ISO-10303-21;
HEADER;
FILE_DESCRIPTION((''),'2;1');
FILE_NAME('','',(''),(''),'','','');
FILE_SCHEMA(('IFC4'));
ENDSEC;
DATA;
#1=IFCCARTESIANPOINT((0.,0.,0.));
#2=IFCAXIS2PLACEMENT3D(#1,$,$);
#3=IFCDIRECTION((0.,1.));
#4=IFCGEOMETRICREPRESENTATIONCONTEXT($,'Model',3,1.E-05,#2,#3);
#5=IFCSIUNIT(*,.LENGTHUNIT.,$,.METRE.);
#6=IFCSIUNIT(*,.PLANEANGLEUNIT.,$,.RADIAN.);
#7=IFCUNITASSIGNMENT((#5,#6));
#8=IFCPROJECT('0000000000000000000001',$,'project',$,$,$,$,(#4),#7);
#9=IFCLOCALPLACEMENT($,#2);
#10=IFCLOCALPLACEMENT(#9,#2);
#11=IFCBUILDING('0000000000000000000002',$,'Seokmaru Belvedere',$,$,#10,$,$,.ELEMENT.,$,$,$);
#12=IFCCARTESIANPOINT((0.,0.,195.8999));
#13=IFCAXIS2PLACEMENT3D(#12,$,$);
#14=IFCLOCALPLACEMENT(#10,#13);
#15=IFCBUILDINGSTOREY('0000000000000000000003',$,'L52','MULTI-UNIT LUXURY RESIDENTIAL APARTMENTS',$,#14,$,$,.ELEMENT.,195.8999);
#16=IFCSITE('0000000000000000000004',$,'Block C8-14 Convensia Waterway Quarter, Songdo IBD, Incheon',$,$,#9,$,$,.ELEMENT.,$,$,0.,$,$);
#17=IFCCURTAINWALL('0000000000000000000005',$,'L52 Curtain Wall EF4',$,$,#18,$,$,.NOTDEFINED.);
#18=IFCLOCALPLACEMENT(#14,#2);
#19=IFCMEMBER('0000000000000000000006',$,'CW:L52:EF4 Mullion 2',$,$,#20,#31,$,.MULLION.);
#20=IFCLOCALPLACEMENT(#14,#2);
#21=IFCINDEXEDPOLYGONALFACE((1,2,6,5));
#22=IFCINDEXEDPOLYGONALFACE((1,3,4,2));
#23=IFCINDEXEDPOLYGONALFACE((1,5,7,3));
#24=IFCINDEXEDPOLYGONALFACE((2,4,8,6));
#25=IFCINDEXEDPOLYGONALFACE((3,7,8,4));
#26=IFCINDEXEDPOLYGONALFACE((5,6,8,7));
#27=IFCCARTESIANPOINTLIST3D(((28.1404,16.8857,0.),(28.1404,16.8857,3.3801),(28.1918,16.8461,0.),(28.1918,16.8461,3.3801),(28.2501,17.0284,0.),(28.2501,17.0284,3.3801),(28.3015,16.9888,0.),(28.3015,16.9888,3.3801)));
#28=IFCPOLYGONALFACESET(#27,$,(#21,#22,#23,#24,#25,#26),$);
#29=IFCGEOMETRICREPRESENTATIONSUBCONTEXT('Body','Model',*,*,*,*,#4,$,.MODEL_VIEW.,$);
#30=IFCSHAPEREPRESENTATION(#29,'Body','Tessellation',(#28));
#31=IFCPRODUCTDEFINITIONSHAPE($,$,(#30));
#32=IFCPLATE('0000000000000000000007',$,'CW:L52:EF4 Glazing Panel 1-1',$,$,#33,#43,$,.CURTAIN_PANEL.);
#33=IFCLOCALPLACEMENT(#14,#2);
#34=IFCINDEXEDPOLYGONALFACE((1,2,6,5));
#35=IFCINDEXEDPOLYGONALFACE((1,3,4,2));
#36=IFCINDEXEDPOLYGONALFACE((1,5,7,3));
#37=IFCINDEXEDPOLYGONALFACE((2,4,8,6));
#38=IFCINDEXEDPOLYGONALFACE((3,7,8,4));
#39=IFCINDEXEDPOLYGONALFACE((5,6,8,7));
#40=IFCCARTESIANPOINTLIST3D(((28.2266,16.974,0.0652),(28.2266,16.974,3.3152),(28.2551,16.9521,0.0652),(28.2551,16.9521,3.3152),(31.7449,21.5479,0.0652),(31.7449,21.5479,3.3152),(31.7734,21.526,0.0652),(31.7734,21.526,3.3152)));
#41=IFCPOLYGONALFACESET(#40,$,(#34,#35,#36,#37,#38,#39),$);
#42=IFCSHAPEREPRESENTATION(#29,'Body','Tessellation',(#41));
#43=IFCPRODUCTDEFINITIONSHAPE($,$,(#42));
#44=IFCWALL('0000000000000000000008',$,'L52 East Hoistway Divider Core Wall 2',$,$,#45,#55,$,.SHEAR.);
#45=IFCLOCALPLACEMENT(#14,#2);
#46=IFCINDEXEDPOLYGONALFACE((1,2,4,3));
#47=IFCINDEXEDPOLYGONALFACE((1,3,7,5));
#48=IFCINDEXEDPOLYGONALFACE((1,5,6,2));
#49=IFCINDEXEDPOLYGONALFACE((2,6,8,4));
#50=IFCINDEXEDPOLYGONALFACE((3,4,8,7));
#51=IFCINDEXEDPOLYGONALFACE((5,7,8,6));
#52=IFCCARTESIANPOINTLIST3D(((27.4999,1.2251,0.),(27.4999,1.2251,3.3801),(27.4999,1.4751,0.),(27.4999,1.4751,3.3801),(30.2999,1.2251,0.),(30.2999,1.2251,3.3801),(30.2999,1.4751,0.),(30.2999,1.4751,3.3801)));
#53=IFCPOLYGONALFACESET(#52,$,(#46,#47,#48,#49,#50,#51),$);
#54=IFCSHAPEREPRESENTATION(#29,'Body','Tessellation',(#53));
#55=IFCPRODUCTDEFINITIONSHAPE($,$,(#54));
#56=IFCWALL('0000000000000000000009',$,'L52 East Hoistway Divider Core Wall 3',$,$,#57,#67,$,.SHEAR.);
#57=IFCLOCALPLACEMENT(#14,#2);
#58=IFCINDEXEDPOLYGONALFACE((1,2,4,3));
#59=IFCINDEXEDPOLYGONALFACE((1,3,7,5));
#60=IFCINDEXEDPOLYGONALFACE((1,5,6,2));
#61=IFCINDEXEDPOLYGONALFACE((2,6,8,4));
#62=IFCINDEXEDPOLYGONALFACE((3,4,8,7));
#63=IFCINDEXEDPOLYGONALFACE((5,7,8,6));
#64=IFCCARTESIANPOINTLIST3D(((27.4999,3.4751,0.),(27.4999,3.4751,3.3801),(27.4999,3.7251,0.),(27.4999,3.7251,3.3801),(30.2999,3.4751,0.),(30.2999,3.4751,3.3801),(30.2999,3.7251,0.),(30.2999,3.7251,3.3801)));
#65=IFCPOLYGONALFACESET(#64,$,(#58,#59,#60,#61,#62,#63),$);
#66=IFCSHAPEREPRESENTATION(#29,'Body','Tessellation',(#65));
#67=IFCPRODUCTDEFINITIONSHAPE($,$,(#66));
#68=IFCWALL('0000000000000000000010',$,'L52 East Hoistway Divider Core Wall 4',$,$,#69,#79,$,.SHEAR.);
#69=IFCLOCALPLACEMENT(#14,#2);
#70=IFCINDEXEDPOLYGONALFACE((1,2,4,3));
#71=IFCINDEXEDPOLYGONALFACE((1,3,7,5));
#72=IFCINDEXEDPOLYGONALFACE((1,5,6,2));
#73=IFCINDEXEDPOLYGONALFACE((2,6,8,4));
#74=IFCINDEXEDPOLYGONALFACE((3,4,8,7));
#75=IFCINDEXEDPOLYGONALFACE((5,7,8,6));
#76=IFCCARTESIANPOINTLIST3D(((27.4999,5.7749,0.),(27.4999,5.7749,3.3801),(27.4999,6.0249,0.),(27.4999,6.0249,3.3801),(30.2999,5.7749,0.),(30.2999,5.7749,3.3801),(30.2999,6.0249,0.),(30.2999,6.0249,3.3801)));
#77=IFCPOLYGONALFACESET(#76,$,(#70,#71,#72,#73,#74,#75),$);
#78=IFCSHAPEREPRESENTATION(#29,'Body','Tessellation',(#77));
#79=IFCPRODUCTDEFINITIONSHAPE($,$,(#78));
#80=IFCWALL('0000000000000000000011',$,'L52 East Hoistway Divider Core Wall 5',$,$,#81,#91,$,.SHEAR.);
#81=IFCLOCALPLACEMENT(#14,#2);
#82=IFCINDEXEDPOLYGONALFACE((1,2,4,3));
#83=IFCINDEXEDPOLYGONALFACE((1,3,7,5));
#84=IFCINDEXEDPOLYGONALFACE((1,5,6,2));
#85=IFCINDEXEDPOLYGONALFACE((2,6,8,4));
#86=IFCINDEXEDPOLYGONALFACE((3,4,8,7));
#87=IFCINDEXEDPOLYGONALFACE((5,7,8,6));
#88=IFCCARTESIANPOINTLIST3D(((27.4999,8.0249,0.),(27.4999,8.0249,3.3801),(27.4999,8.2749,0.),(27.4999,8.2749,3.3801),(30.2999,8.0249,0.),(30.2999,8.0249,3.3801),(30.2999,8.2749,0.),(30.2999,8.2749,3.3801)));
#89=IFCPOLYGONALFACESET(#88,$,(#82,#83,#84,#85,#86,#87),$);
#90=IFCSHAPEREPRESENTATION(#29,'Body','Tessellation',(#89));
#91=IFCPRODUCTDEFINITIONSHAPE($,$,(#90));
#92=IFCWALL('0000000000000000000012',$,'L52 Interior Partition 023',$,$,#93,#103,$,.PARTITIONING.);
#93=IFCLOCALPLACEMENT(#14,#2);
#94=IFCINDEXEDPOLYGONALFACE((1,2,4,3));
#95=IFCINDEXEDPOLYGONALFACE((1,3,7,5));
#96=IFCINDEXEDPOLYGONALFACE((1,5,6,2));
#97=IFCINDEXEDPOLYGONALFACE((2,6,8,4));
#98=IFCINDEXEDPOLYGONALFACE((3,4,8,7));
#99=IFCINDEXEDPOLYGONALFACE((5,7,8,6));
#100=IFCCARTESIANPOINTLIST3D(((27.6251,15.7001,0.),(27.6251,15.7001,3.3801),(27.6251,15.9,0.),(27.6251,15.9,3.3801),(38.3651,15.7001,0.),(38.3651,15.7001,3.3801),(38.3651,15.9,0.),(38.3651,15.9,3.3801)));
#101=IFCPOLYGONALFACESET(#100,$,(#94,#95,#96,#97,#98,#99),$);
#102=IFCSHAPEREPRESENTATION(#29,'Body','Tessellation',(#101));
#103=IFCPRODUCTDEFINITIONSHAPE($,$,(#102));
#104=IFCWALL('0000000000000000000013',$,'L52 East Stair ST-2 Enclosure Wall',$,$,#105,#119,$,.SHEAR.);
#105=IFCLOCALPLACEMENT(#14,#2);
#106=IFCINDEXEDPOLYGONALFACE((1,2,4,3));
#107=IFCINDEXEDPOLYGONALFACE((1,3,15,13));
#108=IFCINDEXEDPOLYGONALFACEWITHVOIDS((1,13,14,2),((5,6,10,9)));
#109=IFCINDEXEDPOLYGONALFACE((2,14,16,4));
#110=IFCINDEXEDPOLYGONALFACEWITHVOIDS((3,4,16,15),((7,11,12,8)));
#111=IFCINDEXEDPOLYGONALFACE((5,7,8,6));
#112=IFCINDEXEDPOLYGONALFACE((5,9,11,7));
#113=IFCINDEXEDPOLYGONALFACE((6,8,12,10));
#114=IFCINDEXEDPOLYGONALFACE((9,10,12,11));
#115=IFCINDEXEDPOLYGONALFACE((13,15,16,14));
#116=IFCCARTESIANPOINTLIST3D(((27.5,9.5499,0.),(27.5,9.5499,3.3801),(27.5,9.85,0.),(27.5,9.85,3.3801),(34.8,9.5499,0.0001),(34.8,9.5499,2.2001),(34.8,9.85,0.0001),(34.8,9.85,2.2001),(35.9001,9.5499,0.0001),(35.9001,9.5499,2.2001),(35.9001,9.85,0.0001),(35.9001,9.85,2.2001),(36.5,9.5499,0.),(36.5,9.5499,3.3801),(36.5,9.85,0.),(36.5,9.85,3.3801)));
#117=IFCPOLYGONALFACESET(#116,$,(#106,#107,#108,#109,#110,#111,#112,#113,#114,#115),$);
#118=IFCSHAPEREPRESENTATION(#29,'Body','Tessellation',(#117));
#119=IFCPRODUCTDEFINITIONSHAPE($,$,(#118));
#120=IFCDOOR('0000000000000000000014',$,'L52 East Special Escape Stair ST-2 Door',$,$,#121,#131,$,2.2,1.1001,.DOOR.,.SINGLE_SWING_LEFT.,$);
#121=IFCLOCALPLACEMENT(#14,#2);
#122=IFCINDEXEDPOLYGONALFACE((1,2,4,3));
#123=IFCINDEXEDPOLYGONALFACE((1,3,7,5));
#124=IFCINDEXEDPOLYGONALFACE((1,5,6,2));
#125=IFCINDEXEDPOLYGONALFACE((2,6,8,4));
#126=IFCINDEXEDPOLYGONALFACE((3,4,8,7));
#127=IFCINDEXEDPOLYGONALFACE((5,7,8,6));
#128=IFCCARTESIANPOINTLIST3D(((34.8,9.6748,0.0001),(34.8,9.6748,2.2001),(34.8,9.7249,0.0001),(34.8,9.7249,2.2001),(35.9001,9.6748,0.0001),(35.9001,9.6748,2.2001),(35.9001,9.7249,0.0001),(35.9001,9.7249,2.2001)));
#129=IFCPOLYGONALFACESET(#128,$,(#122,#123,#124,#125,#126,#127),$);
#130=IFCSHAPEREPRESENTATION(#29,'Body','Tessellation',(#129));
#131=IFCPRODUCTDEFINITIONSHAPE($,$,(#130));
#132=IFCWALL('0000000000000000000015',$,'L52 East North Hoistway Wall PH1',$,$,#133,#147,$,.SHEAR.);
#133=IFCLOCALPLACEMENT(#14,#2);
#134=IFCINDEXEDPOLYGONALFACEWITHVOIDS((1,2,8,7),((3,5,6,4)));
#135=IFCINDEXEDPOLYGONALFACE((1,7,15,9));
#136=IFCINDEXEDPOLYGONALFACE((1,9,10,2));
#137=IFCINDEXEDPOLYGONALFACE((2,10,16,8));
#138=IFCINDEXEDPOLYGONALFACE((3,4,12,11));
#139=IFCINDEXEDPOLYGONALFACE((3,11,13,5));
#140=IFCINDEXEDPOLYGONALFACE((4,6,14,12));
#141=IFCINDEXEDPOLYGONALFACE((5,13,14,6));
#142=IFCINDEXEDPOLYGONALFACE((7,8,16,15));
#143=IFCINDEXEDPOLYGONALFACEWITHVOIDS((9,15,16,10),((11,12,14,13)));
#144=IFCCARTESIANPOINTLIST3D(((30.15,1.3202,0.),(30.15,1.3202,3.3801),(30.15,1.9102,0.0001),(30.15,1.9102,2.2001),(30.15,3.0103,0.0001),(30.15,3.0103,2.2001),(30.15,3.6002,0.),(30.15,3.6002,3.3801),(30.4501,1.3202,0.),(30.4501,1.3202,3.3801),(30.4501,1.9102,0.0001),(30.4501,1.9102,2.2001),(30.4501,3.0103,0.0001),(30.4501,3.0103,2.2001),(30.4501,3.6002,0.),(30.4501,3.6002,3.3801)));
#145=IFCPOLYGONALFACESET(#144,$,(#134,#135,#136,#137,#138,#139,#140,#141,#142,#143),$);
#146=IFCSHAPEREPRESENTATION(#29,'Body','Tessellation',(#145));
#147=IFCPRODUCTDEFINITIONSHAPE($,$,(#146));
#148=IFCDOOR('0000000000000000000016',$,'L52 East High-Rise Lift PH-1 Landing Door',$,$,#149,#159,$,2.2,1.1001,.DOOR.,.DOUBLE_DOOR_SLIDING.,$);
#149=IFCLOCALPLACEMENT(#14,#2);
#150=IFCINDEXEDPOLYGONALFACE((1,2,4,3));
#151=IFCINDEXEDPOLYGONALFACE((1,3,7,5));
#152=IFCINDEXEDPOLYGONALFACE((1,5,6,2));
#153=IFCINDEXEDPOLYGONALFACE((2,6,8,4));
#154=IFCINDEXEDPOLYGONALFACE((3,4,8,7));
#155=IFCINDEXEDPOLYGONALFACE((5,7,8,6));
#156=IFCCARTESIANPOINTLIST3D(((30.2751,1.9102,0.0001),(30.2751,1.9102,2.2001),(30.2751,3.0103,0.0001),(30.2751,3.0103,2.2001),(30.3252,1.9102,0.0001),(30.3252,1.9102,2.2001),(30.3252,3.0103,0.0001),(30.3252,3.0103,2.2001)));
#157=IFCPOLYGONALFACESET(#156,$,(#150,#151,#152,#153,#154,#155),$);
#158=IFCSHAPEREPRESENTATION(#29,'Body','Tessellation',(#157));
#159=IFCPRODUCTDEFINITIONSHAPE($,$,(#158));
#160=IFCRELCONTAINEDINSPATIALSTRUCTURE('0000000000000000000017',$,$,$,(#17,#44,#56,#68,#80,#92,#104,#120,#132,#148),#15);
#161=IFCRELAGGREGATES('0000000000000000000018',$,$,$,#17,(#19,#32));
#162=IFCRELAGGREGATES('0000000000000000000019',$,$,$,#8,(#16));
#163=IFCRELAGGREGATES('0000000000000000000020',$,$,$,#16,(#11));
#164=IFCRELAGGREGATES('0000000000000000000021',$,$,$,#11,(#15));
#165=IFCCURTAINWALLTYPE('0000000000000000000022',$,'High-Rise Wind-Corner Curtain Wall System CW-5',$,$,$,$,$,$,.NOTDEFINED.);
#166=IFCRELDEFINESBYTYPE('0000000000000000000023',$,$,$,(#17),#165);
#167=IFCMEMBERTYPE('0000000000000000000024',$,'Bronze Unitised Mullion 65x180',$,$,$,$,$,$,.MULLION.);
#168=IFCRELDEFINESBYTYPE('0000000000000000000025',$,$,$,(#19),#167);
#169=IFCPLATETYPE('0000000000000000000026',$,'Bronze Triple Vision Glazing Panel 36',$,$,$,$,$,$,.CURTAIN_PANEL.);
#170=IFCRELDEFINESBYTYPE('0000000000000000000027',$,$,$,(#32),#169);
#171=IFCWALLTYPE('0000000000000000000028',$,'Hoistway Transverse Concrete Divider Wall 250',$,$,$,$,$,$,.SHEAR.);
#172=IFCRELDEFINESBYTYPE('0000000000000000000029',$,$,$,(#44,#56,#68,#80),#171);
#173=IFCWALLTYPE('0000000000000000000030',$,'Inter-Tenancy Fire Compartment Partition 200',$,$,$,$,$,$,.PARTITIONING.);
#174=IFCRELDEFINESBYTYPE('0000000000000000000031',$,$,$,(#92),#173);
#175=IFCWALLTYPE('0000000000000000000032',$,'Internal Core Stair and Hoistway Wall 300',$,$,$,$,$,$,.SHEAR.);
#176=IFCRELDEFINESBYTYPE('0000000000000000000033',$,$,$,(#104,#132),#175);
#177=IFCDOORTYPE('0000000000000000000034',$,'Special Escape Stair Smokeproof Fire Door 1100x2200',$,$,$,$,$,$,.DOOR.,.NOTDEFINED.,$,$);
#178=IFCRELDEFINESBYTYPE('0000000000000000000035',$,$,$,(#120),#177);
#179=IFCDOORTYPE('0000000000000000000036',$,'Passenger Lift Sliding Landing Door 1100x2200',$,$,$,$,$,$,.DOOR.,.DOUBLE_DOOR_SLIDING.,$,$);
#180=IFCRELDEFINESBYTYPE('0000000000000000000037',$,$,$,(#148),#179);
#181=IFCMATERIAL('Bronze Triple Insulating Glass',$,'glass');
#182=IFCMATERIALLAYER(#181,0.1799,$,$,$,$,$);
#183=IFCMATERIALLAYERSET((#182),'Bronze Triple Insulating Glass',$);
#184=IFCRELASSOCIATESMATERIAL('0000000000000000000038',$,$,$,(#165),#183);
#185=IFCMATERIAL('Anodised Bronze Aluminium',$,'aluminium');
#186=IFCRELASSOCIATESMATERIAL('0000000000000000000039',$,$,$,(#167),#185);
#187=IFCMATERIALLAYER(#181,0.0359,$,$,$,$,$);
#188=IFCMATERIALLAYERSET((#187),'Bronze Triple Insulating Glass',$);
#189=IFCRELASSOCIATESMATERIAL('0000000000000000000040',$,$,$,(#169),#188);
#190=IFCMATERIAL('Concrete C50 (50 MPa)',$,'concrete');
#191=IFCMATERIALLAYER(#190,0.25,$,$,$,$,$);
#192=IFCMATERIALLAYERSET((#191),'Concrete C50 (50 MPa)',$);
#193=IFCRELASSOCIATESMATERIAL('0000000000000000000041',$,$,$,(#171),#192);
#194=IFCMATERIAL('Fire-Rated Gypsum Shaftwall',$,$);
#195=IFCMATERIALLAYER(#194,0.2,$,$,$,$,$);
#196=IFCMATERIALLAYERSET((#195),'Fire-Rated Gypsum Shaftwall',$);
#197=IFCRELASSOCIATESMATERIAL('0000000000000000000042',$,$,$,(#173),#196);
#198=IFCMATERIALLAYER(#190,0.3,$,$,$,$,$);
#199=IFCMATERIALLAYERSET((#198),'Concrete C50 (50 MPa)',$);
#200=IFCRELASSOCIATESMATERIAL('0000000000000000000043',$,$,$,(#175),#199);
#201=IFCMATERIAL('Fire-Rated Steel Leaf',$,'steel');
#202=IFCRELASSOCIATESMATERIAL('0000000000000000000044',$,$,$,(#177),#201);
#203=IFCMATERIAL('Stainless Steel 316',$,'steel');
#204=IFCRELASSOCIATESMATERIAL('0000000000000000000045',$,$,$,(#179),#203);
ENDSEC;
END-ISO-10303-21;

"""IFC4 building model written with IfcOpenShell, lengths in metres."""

from ifc_helpers import new_model, si_unit, direction, frame, frame_2d, origin, origin_2d, place, context, subcontext, project, spatial, rectangle, extrude, source, transform, mapped, material, layer, layer_set, material_profile, profile_set, type_object, type_shapes, element, fill, aggregate, save


model = new_model("IFC4")

# Units and contexts
model_context = context("Model", 3, precision=1e-05, world=origin(), true_north=direction((0.0, 1.0)))
body_context = subcontext(model_context, "Body", "Model", "MODEL_VIEW")
ifc_project = project(units=[si_unit("LENGTHUNIT", "METRE"), si_unit("PLANEANGLEUNIT", "RADIAN")], contexts=[model_context])

# Site, building, storey
site_placement = place(None, origin())
site = spatial("IfcSite", under=ifc_project, at=site_placement, Name="Block C8-14 Convensia Waterway Quarter, Songdo IBD, Incheon", CompositionType="ELEMENT", RefElevation=0.0)
building_placement = place(site_placement, origin())
building = spatial("IfcBuilding", under=site, at=building_placement, Name="Seokmaru Belvedere", CompositionType="ELEMENT")
storey_placement = place(building_placement, frame((0.0, 0.0, 195.8999)))
storey = spatial("IfcBuildingStorey", under=building, at=storey_placement, Name="L52", Description="MULTI-UNIT LUXURY RESIDENTIAL APARTMENTS", CompositionType="ELEMENT", Elevation=195.8999)

# Curtain wall, member, plate
ifc_material_1 = material(Name="Bronze Triple Insulating Glass", Category="glass")
ifc_layer_1 = layer(ifc_material_1, 0.1799)
ifc_layer_set_1 = layer_set([ifc_layer_1], Name="Bronze Triple Insulating Glass")
curtain_wall_type = type_object("IfcCurtainWallType", Name="High-Rise Wind-Corner Curtain Wall System CW-5", PredefinedType="NOTDEFINED", material=ifc_layer_set_1)
curtain_wall_placement = place(storey_placement, origin())
curtain_wall = element("IfcCurtainWall", 1, at=curtain_wall_placement, inside=storey, type_object=curtain_wall_type, Name="L52 Curtain Wall EF4", PredefinedType="NOTDEFINED")
ifc_material_2 = material(Name="Anodised Bronze Aluminium", Category="aluminium")
ifc_material_profile_1 = material_profile(ifc_material_2, rectangle(XDim=0.0649, YDim=0.1799, at=origin_2d()), Name="CW-M-65x180")
ifc_profile_set_1 = profile_set([ifc_material_profile_1], Name="Anodised Bronze Aluminium")
member_type = type_object("IfcMemberType", Name="Bronze Unitised Mullion 65x180", PredefinedType="MULLION", material=ifc_profile_set_1)
shared_shape_1 = source(origin(), body_context, "Body", "SweptSolid", [
    extrude(rectangle(XDim=0.0649, YDim=0.1799, at=origin_2d()), origin(), (0.0, 0.0, 1.0), 3.3801),
])
type_shapes(member_type, [shared_shape_1])
member_placement = place(storey_placement, frame((28.2209, 16.9373, 0.0), z_axis=(0.0, 0.0, 1.0), x_axis=(0.792631, -0.609701, 0.0)))
member = element("IfcMember", 2, at=member_placement, type_object=member_type, Name="CW:L52:EF4 Mullion 2", PredefinedType="MULLION", context=body_context, shape_type="MappedRepresentation", body=[
    mapped(shared_shape_1, transform((0.0, 0.0, 0.0), scale=1.0)),
])
ifc_layer_2 = layer(ifc_material_1, 0.0359)
ifc_layer_set_2 = layer_set([ifc_layer_2], Name="Bronze Triple Insulating Glass")
plate_type = type_object("IfcPlateType", Name="Bronze Triple Vision Glazing Panel 36", PredefinedType="CURTAIN_PANEL", material=ifc_layer_set_2)
shared_shape_2 = source(origin(), body_context, "Body", "SweptSolid", [
    extrude(rectangle(XDim=5.7705, YDim=0.0359, at=origin_2d()), origin(), (0.0, 0.0, 1.0), 3.25),
])
type_shapes(plate_type, [shared_shape_2])
plate_placement = place(storey_placement, frame((30.0, 19.25, 0.0652), z_axis=(0.0, 0.0, 1.0), x_axis=(-0.609701, -0.792631, 0.0)))
plate = element("IfcPlate", 3, at=plate_placement, type_object=plate_type, Name="CW:L52:EF4 Glazing Panel 1-1", PredefinedType="CURTAIN_PANEL", context=body_context, shape_type="MappedRepresentation", body=[
    mapped(shared_shape_2, transform((0.0, 0.0, 0.0), scale=1.0)),
])
aggregate(curtain_wall, [member, plate])

# Walls
ifc_material_3 = material(Name="Concrete C50 (50 MPa)", Category="concrete")
ifc_layer_3 = layer(ifc_material_3, 0.25)
ifc_layer_set_3 = layer_set([ifc_layer_3], Name="Concrete C50 (50 MPa)")
wall_type_1 = type_object("IfcWallType", Name="Hoistway Transverse Concrete Divider Wall 250", PredefinedType="SHEAR", material=ifc_layer_set_3)
for number, where, z_axis, x_axis, name in (
    (4, (27.5, 1.3501, 0.0), (0.0, 0.0, 1.0), (1.0, 0.0, 0.0), "L52 East Hoistway Divider Core Wall 2"),
    (5, (27.5, 3.6001, 0.0), (0.0, 0.0, 1.0), (1.0, 0.0, 0.0), "L52 East Hoistway Divider Core Wall 3"),
    (6, (27.5, 5.8999, 0.0), (0.0, 0.0, 1.0), (1.0, 0.0, 0.0), "L52 East Hoistway Divider Core Wall 4"),
    (7, (27.5, 8.1499, 0.0), (0.0, 0.0, 1.0), (1.0, 0.0, 0.0), "L52 East Hoistway Divider Core Wall 5"),
):
    element("IfcWall", number, at=place(storey_placement, frame(where, z_axis=z_axis, x_axis=x_axis)), inside=storey, type_object=wall_type_1, Name=name, PredefinedType="SHEAR", context=body_context, shape_type="SweptSolid", body=[
        extrude(rectangle(XDim=2.8, YDim=0.25, at=frame_2d((1.3999, 0.0))), origin(), (0.0, 0.0, 1.0), 3.3801),
    ])
ifc_material_4 = material(Name="Fire-Rated Gypsum Shaftwall")
ifc_layer_4 = layer(ifc_material_4, 0.2)
ifc_layer_set_4 = layer_set([ifc_layer_4], Name="Fire-Rated Gypsum Shaftwall")
wall_type_2 = type_object("IfcWallType", Name="Inter-Tenancy Fire Compartment Partition 200", PredefinedType="PARTITIONING", material=ifc_layer_set_4)
wall_1_placement = place(storey_placement, frame((27.625, 15.8, 0.0), z_axis=(0.0, 0.0, 1.0), x_axis=(1.0, 0.0, 0.0)))
element("IfcWall", 8, at=wall_1_placement, inside=storey, type_object=wall_type_2, Name="L52 Interior Partition 023", PredefinedType="PARTITIONING", context=body_context, shape_type="SweptSolid", body=[
    extrude(rectangle(XDim=10.74, YDim=0.2, at=frame_2d((5.3701, 0.0))), origin(), (0.0, 0.0, 1.0), 3.3801),
])

# Walls, openings, doors
ifc_layer_5 = layer(ifc_material_3, 0.3)
ifc_layer_set_5 = layer_set([ifc_layer_5], Name="Concrete C50 (50 MPa)")
wall_type_3 = type_object("IfcWallType", Name="Internal Core Stair and Hoistway Wall 300", PredefinedType="SHEAR", material=ifc_layer_set_5)
wall_2_placement = place(storey_placement, frame((27.5, 9.7, 0.0), z_axis=(0.0, 0.0, 1.0), x_axis=(1.0, 0.0, 0.0)))
wall_2 = element("IfcWall", 9, at=wall_2_placement, inside=storey, type_object=wall_type_3, Name="L52 East Stair ST-2 Enclosure Wall", PredefinedType="SHEAR", context=body_context, shape_type="SweptSolid", body=[
    extrude(rectangle(XDim=9.0, YDim=0.3, at=frame_2d((4.5, 0.0))), origin(), (0.0, 0.0, 1.0), 3.3801),
])
opening_1_placement = place(wall_2_placement, frame((7.3, 0.0, 0.0)))
opening_1 = element("IfcOpeningElement", 10, at=opening_1_placement, cuts=wall_2, PredefinedType="OPENING", context=body_context, shape_type="SweptSolid", body=[
    extrude(rectangle(XDim=1.1001, YDim=2.2, at=frame_2d((0.55, 1.1001))), frame((0.0, 0.1602, 0.0), z_axis=(0.0, -1.0, 0.0), x_axis=(1.0, 0.0, 0.0)), (0.0, 0.0, 1.0), 0.3201),
])
ifc_material_5 = material(Name="Fire-Rated Steel Leaf", Category="steel")
door_type_1 = type_object("IfcDoorType", Name="Special Escape Stair Smokeproof Fire Door 1100x2200", OperationType="NOTDEFINED", PredefinedType="DOOR", material=ifc_material_5)
shared_shape_3 = source(origin(), body_context, "Body", "SweptSolid", [
    extrude(rectangle(XDim=1.1001, YDim=2.2, at=frame_2d((0.55, 1.1001))), frame((0.0, 0.0249, 0.0), z_axis=(0.0, -1.0, 0.0), x_axis=(1.0, 0.0, 0.0)), (0.0, 0.0, 1.0), 0.05),
])
type_shapes(door_type_1, [shared_shape_3])
door_1_placement = place(opening_1_placement, origin())
door_1 = element("IfcDoor", 11, at=door_1_placement, inside=storey, type_object=door_type_1, Name="L52 East Special Escape Stair ST-2 Door", OperationType="SINGLE_SWING_LEFT", OverallHeight=2.2, OverallWidth=1.1001, PredefinedType="DOOR", context=body_context, shape_type="MappedRepresentation", body=[
    mapped(shared_shape_3, transform((0.0, 0.0, 0.0), scale=1.0)),
])
fill(opening_1, door_1)
wall_3_placement = place(storey_placement, frame((30.3, 1.3201, 0.0), z_axis=(0.0, 0.0, 1.0), x_axis=(0.0, 1.0, 0.0)))
wall_3 = element("IfcWall", 12, at=wall_3_placement, inside=storey, type_object=wall_type_3, Name="L52 East North Hoistway Wall PH1", PredefinedType="SHEAR", context=body_context, shape_type="SweptSolid", body=[
    extrude(rectangle(XDim=2.28, YDim=0.3, at=frame_2d((1.1401, 0.0))), origin(), (0.0, 0.0, 1.0), 3.3801),
])
opening_2_placement = place(wall_3_placement, frame((0.5901, 0.0, 0.0)))
opening_2 = element("IfcOpeningElement", 13, at=opening_2_placement, cuts=wall_3, PredefinedType="OPENING", context=body_context, shape_type="SweptSolid", body=[
    extrude(rectangle(XDim=1.1001, YDim=2.2, at=frame_2d((0.55, 1.1001))), frame((0.0, 0.1602, 0.0), z_axis=(0.0, -1.0, 0.0), x_axis=(1.0, 0.0, 0.0)), (0.0, 0.0, 1.0), 0.3201),
])
ifc_material_6 = material(Name="Stainless Steel 316", Category="steel")
door_type_2 = type_object("IfcDoorType", Name="Passenger Lift Sliding Landing Door 1100x2200", OperationType="DOUBLE_DOOR_SLIDING", PredefinedType="DOOR", material=ifc_material_6)
shared_shape_4 = source(origin(), body_context, "Body", "SweptSolid", [
    extrude(rectangle(XDim=1.1001, YDim=2.2, at=frame_2d((0.55, 1.1001))), frame((0.0, 0.0249, 0.0), z_axis=(0.0, -1.0, 0.0), x_axis=(1.0, 0.0, 0.0)), (0.0, 0.0, 1.0), 0.05),
])
type_shapes(door_type_2, [shared_shape_4])
door_2_placement = place(opening_2_placement, origin())
door_2 = element("IfcDoor", 14, at=door_2_placement, inside=storey, type_object=door_type_2, Name="L52 East High-Rise Lift PH-1 Landing Door", OperationType="DOUBLE_DOOR_SLIDING", OverallHeight=2.2, OverallWidth=1.1001, PredefinedType="DOOR", context=body_context, shape_type="MappedRepresentation", body=[
    mapped(shared_shape_4, transform((0.0, 0.0, 0.0), scale=1.0)),
])
fill(opening_2, door_2)

save(model, "model.ifc")
